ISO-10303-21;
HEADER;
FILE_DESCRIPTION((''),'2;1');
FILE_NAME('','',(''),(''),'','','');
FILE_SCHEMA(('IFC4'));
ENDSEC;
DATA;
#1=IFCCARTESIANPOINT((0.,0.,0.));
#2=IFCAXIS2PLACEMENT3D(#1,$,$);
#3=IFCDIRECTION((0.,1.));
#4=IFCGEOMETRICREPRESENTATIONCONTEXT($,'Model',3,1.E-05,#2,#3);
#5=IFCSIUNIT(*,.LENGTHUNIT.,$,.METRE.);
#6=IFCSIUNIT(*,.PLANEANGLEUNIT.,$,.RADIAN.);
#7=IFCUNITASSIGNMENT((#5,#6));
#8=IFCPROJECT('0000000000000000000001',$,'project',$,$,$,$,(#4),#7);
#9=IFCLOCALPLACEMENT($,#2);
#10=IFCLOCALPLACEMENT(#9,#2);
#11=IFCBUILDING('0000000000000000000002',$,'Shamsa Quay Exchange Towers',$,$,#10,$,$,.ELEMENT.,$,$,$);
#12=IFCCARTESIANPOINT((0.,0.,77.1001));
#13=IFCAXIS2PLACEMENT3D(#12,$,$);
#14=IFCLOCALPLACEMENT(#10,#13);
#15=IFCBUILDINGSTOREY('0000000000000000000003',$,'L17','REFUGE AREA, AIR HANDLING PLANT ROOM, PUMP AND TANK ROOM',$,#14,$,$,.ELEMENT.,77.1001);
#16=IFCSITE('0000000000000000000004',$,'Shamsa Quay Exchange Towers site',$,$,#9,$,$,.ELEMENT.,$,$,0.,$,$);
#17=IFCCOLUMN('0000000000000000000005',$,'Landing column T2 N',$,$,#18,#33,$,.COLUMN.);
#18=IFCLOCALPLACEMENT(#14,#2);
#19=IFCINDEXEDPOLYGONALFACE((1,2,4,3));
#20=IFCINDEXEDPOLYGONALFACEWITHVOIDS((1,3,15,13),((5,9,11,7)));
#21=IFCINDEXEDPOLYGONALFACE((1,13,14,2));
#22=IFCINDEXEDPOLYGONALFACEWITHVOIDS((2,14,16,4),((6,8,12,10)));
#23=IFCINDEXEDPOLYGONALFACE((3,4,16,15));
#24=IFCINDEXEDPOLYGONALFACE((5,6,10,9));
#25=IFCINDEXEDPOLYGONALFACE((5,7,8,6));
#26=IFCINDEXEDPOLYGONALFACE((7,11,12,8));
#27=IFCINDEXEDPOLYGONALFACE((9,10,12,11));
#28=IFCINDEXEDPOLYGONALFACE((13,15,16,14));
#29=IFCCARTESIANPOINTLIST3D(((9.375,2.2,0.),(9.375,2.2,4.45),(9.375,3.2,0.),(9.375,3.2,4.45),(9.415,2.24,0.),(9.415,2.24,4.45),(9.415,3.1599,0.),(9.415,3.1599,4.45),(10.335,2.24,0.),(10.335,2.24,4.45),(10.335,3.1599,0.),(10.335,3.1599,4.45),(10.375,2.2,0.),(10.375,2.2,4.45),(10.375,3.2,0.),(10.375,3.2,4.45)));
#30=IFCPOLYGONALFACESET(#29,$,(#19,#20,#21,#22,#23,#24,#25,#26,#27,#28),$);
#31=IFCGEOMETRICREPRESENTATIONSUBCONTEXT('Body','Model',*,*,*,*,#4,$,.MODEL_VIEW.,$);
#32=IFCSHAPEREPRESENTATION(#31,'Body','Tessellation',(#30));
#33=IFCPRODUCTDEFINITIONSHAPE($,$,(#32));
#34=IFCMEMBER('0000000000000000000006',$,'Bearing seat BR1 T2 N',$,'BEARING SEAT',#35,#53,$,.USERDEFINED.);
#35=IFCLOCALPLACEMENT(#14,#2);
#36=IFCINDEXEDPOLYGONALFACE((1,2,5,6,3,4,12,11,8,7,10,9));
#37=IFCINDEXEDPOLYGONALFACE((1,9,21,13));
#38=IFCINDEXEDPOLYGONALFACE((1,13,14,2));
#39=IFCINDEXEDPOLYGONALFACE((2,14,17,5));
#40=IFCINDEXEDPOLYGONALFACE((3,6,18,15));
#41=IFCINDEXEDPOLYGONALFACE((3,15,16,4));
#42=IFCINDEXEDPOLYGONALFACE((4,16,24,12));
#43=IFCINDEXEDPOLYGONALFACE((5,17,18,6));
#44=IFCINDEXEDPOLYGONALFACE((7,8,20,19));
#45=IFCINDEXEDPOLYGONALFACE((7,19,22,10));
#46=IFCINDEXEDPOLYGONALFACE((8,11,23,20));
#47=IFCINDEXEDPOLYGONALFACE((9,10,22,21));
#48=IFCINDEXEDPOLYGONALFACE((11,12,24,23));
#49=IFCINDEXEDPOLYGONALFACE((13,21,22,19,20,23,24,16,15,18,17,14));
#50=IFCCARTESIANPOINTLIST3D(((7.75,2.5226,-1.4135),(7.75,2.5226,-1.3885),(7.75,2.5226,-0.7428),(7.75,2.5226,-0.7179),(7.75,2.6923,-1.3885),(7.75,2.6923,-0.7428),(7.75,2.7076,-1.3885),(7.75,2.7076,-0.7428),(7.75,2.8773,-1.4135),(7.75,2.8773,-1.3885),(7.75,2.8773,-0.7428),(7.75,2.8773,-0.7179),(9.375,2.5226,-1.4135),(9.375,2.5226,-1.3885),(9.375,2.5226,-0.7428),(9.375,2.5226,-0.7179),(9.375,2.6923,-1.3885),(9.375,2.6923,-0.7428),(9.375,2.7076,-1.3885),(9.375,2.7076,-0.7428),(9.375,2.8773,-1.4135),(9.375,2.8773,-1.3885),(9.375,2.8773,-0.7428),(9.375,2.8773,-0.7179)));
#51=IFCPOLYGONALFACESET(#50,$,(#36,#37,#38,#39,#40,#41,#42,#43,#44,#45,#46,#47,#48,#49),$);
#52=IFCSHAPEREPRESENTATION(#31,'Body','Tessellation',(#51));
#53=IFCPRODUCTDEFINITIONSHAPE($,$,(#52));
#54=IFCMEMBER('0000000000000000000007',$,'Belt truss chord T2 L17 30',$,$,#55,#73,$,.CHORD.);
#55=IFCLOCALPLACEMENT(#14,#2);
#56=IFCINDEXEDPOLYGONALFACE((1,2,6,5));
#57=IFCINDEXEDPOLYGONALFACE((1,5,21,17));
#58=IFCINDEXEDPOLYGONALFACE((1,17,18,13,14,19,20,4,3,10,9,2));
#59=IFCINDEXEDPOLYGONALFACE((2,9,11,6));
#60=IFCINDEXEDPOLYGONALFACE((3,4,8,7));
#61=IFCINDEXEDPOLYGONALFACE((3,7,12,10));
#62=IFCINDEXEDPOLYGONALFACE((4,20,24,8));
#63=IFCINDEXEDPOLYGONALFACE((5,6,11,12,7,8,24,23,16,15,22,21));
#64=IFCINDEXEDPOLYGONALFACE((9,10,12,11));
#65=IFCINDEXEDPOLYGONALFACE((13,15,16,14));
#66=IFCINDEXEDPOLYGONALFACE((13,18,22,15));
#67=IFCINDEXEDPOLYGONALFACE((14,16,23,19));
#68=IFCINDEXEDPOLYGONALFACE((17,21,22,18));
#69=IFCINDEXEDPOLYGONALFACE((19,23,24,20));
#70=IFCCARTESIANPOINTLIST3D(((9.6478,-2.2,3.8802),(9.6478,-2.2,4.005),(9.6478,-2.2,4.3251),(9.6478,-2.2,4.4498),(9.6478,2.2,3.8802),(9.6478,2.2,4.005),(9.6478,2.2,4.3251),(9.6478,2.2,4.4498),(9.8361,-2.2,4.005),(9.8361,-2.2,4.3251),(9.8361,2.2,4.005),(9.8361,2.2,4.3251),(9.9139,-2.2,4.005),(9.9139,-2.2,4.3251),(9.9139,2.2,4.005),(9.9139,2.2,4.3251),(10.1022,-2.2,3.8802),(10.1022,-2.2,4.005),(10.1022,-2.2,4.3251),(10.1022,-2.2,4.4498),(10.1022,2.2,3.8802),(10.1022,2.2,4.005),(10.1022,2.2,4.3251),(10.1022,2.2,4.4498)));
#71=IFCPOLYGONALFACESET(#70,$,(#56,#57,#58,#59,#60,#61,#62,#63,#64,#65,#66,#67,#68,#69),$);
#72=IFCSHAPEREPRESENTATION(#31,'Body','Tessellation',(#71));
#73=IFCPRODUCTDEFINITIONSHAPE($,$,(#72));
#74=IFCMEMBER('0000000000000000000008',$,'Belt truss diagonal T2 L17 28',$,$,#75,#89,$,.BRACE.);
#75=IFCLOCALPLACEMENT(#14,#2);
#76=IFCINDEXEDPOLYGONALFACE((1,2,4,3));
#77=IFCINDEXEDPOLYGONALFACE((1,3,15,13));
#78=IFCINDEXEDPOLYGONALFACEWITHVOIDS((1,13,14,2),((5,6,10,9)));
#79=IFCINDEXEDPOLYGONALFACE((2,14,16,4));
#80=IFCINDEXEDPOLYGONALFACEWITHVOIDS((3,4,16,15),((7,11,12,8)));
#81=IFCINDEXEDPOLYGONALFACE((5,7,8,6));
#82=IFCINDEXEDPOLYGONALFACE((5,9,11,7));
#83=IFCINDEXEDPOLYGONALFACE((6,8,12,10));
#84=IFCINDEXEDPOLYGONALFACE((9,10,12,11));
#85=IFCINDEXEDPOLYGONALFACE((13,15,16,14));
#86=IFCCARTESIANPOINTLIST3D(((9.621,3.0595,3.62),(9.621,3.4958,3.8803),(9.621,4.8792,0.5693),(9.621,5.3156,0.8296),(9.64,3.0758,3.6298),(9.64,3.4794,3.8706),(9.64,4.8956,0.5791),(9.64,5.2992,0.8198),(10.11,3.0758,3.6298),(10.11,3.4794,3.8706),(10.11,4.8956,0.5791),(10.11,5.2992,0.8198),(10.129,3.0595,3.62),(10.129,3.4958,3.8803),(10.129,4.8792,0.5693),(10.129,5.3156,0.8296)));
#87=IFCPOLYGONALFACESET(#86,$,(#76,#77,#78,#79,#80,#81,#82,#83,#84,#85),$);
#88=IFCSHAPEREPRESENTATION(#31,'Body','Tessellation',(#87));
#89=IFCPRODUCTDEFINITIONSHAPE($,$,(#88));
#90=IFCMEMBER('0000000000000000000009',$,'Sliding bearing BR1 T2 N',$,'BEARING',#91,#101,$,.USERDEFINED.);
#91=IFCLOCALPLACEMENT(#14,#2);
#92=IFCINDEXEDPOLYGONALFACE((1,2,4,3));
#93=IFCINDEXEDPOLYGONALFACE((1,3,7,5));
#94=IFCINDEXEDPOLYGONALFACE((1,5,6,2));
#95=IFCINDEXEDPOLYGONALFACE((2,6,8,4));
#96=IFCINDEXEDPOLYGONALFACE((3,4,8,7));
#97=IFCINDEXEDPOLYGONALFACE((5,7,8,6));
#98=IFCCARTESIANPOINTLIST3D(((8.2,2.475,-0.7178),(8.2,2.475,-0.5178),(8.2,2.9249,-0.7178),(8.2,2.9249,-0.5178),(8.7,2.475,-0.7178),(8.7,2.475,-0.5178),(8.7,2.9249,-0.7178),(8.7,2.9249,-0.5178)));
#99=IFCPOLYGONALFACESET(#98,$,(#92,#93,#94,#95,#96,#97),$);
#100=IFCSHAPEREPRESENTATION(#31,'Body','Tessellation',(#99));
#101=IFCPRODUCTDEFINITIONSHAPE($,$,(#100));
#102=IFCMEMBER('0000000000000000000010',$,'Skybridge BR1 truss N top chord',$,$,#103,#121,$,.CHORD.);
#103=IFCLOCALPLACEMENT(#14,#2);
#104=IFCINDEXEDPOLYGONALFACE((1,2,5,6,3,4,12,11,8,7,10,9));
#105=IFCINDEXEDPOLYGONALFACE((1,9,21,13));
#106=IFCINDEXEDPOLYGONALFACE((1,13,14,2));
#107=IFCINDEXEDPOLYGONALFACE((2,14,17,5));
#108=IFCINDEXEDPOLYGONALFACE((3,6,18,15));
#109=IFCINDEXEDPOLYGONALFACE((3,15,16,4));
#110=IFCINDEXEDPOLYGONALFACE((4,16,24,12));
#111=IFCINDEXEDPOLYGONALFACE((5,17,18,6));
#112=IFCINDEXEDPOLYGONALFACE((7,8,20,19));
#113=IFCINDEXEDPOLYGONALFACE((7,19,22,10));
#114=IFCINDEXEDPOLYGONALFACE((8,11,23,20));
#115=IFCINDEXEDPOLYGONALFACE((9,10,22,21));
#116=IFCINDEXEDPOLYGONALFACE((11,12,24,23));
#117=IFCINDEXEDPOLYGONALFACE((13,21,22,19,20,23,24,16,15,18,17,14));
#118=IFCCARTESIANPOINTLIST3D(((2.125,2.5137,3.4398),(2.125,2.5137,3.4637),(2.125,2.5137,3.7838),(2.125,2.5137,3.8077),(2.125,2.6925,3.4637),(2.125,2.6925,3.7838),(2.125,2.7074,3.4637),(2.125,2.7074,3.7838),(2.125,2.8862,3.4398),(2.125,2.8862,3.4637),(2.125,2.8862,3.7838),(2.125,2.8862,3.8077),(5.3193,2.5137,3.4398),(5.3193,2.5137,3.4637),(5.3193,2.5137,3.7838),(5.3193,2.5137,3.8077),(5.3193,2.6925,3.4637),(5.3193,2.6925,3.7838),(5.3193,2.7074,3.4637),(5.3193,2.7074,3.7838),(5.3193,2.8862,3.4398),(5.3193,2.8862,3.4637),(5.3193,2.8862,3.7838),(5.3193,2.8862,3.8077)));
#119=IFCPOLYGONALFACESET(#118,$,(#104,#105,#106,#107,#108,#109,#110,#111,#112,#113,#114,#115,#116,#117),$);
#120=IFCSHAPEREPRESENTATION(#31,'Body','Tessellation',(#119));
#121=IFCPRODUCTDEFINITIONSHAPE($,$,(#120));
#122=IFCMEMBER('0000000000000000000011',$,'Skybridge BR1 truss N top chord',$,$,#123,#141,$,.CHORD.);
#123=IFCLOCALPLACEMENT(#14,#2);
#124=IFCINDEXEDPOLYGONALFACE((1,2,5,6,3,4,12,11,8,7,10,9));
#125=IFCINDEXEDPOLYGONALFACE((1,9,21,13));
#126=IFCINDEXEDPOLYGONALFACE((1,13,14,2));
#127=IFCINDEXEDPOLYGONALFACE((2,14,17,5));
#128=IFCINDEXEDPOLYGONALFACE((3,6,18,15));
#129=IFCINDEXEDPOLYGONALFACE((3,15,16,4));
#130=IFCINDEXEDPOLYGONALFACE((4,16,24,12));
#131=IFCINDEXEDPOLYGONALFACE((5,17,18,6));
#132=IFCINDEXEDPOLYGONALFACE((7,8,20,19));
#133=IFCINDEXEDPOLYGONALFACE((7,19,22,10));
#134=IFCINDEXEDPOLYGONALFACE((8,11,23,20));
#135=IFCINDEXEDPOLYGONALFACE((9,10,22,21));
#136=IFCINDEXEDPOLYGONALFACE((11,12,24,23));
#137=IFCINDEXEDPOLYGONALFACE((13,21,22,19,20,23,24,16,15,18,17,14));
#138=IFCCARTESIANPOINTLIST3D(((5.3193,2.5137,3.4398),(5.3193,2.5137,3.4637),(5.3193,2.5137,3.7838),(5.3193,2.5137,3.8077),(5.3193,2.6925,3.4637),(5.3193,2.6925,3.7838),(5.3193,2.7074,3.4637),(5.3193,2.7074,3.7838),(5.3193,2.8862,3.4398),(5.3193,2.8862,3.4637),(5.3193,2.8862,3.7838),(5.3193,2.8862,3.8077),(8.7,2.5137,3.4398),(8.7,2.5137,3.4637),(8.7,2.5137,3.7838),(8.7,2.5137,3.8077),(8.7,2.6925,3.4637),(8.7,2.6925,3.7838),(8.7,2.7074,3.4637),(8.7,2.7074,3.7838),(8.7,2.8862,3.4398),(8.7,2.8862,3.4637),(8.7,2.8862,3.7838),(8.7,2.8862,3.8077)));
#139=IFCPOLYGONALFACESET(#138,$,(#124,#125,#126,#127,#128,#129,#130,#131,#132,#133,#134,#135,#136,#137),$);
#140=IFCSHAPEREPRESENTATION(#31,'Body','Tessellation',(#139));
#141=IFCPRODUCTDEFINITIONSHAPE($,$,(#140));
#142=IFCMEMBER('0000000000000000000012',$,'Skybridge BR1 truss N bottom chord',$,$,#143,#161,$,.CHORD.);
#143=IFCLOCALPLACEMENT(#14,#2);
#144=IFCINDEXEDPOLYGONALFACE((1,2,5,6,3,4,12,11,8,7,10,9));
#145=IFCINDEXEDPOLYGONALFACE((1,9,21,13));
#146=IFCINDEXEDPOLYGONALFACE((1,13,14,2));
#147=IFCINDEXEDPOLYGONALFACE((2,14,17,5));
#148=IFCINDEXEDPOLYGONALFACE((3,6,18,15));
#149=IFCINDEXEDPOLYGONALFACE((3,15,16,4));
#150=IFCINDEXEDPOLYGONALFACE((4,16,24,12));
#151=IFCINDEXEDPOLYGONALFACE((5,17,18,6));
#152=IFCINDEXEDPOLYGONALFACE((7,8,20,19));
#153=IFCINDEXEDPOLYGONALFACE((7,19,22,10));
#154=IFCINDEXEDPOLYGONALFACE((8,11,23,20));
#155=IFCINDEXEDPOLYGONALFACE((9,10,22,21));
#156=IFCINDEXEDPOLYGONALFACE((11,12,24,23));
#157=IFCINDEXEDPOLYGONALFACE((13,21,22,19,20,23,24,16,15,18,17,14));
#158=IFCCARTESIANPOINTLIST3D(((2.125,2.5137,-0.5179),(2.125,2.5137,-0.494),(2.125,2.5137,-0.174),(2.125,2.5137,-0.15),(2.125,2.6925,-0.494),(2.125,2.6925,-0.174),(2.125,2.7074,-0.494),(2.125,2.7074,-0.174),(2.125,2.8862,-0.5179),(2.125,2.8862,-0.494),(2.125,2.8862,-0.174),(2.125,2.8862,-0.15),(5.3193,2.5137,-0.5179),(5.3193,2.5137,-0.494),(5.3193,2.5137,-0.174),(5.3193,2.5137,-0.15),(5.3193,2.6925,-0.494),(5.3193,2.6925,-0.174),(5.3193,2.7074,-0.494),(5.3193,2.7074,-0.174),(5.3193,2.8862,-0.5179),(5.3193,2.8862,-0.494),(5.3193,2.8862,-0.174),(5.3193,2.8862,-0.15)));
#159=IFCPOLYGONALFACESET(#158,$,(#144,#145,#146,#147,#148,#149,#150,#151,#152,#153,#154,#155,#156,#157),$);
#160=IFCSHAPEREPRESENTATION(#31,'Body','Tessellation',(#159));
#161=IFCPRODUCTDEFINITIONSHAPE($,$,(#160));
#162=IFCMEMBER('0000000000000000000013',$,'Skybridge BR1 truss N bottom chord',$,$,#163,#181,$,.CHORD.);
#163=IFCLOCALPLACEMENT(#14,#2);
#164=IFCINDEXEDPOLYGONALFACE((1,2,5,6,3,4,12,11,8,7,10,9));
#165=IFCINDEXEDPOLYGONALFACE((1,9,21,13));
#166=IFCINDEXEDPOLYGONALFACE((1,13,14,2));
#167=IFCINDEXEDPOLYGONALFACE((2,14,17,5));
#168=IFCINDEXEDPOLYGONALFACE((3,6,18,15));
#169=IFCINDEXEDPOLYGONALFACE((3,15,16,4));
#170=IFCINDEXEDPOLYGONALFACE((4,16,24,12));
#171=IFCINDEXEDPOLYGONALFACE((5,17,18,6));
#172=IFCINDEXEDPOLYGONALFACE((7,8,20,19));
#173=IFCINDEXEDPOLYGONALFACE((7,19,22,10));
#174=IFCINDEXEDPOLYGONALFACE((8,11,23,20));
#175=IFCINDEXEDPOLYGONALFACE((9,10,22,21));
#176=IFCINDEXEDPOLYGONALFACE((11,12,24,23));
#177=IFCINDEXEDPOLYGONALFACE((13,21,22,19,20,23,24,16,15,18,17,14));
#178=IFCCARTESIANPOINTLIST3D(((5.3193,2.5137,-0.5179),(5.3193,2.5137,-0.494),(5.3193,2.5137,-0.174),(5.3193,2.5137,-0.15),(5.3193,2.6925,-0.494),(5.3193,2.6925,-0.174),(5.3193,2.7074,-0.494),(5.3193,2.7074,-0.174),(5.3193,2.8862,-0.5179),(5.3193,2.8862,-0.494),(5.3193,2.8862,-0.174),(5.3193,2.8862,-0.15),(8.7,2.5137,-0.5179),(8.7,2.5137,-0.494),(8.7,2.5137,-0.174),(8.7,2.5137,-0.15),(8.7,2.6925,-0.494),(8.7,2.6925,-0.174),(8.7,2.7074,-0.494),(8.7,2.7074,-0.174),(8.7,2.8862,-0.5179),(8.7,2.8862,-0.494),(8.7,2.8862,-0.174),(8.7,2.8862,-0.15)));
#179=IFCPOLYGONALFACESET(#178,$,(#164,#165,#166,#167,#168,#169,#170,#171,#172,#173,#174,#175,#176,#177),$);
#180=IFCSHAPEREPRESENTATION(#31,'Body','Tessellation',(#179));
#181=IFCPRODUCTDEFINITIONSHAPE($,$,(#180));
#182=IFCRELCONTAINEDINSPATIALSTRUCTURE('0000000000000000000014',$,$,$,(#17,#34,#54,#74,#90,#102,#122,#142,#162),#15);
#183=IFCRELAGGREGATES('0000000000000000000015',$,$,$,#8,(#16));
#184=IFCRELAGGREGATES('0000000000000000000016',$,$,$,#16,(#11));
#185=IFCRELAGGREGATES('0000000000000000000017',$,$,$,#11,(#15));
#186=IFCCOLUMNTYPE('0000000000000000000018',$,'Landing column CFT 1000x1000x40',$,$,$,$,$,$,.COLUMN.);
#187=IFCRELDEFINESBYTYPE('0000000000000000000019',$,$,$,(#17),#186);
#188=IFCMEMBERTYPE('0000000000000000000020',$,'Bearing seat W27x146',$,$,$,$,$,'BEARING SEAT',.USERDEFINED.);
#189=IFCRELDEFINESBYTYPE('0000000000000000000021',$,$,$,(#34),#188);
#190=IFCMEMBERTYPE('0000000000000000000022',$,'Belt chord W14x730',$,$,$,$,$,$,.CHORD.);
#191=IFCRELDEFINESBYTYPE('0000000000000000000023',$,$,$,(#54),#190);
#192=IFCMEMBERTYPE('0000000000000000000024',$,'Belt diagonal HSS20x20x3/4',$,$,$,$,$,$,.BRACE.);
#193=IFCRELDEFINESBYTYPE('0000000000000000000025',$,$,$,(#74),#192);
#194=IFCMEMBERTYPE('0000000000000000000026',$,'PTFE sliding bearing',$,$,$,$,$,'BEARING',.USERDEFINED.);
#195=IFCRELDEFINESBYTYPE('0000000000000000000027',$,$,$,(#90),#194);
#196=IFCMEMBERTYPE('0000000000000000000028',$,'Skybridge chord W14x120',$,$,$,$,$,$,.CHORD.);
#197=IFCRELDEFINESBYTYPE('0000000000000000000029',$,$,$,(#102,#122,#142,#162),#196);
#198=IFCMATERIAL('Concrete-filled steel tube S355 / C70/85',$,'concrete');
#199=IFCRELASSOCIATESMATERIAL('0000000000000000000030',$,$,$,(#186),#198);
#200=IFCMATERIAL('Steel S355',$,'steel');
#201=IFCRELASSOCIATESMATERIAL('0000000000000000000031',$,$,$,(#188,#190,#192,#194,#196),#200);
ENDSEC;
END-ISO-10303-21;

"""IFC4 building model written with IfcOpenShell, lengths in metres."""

from ifc_helpers import new_model, si_unit, direction, frame, origin, origin_2d, place, context, subcontext, project, spatial, rectangle, hollow_rectangle, i_section, extrude, material, material_profile, profile_set, type_object, element, save


model = new_model("IFC4")

# Units and contexts
model_context = context("Model", 3, precision=1e-05, world=origin(), true_north=direction((0.0, 1.0)))
body_context = subcontext(model_context, "Body", "Model", "MODEL_VIEW")
ifc_project = project(units=[si_unit("LENGTHUNIT", "METRE"), si_unit("PLANEANGLEUNIT", "RADIAN")], contexts=[model_context])

# Site, building, storey
site_placement = place(None, origin())
site = spatial("IfcSite", under=ifc_project, at=site_placement, Name="Shamsa Quay Exchange Towers site", CompositionType="ELEMENT", RefElevation=0.0)
building_placement = place(site_placement, origin())
building = spatial("IfcBuilding", under=site, at=building_placement, Name="Shamsa Quay Exchange Towers", CompositionType="ELEMENT")
storey_placement = place(building_placement, frame((0.0, 0.0, 77.1001)))
storey = spatial("IfcBuildingStorey", under=building, at=storey_placement, Name="L17", Description="REFUGE AREA, AIR HANDLING PLANT ROOM, PUMP AND TANK ROOM", CompositionType="ELEMENT", Elevation=77.1001)

# Column
ifc_material_1 = material(Name="Concrete-filled steel tube S355 / C70/85", Category="concrete")
ifc_material_profile_1 = material_profile(ifc_material_1, hollow_rectangle(XDim=1.0, YDim=1.0, WallThickness=0.04, at=origin_2d()), Name="CFT 1000x1000x40")
ifc_profile_set_1 = profile_set([ifc_material_profile_1], Name="Concrete-filled steel tube S355 / C70/85")
column_type = type_object("IfcColumnType", Name="Landing column CFT 1000x1000x40", PredefinedType="COLUMN", material=ifc_profile_set_1)
column_placement = place(storey_placement, frame((9.875, 2.7, 0.0)))
element("IfcColumn", 1, at=column_placement, inside=storey, type_object=column_type, Name="Landing column T2 N", PredefinedType="COLUMN", context=body_context, shape_type="SweptSolid", body=[
    extrude(hollow_rectangle(XDim=1.0, YDim=1.0, WallThickness=0.04, at=origin_2d()), origin(), (0.0, 0.0, 1.0), 4.45),
])

# Members
ifc_material_2 = material(Name="Steel S355", Category="steel")
ifc_material_profile_2 = material_profile(ifc_material_2, i_section(OverallWidth=0.3547, OverallDepth=0.6956, WebThickness=0.0154, FlangeThickness=0.0249, at=origin_2d()), Name="W27x146")
ifc_profile_set_2 = profile_set([ifc_material_profile_2], Name="Steel S355")
member_type_1 = type_object("IfcMemberType", Name="Bearing seat W27x146", ElementType="BEARING SEAT", PredefinedType="USERDEFINED", material=ifc_profile_set_2)
member_1_placement = place(storey_placement, frame((7.75, 2.7, -1.0657), z_axis=(1.0, 0.0, 0.0), x_axis=(0.0, 1.0, 0.0)))
element("IfcMember", 2, at=member_1_placement, inside=storey, type_object=member_type_1, Name="Bearing seat BR1 T2 N", ObjectType="BEARING SEAT", PredefinedType="USERDEFINED", context=body_context, shape_type="SweptSolid", body=[
    extrude(i_section(OverallWidth=0.3547, OverallDepth=0.6956, WebThickness=0.0154, FlangeThickness=0.0249, at=origin_2d()), origin(), (0.0, 0.0, 1.0), 1.625),
])
ifc_material_profile_3 = material_profile(ifc_material_2, i_section(OverallWidth=0.4543, OverallDepth=0.5696, WebThickness=0.0779, FlangeThickness=0.1248, at=origin_2d()), Name="W14x730")
ifc_profile_set_3 = profile_set([ifc_material_profile_3], Name="Steel S355")
member_type_2 = type_object("IfcMemberType", Name="Belt chord W14x730", PredefinedType="CHORD", material=ifc_profile_set_3)
member_2_placement = place(storey_placement, frame((9.875, -2.2, 4.165), z_axis=(0.0, 1.0, 0.0), x_axis=(-1.0, 0.0, 0.0)))
element("IfcMember", 3, at=member_2_placement, inside=storey, type_object=member_type_2, Name="Belt truss chord T2 L17 30", PredefinedType="CHORD", context=body_context, shape_type="SweptSolid", body=[
    extrude(i_section(OverallWidth=0.4543, OverallDepth=0.5696, WebThickness=0.0779, FlangeThickness=0.1248, at=origin_2d()), origin(), (0.0, 0.0, 1.0), 4.3999),
])
ifc_material_profile_4 = material_profile(ifc_material_2, hollow_rectangle(XDim=0.5081, YDim=0.5081, WallThickness=0.019, at=origin_2d()), Name="HSS20x20x3/4")
ifc_profile_set_4 = profile_set([ifc_material_profile_4], Name="Steel S355")
member_type_3 = type_object("IfcMemberType", Name="Belt diagonal HSS20x20x3/4", PredefinedType="BRACE", material=ifc_profile_set_4)
member_3_placement = place(storey_placement, frame((9.875, 5.0974, 0.6995), z_axis=(0.0, -0.512291, 0.858812), x_axis=(1.0, 0.0, 0.0)))
element("IfcMember", 4, at=member_3_placement, inside=storey, type_object=member_type_3, Name="Belt truss diagonal T2 L17 28", PredefinedType="BRACE", context=body_context, shape_type="SweptSolid", body=[
    extrude(hollow_rectangle(XDim=0.5081, YDim=0.5081, WallThickness=0.019, at=origin_2d()), origin(), (0.0, 0.0, 1.0), 3.5522),
])
ifc_material_profile_5 = material_profile(ifc_material_2, rectangle(XDim=0.5, YDim=0.2, at=origin_2d()), Name="500x200")
ifc_profile_set_5 = profile_set([ifc_material_profile_5], Name="Steel S355")
member_type_4 = type_object("IfcMemberType", Name="PTFE sliding bearing", ElementType="BEARING", PredefinedType="USERDEFINED", material=ifc_profile_set_5)
member_4_placement = place(storey_placement, frame((8.45, 2.7, -0.7178)))
element("IfcMember", 5, at=member_4_placement, inside=storey, type_object=member_type_4, Name="Sliding bearing BR1 T2 N", ObjectType="BEARING", PredefinedType="USERDEFINED", context=body_context, shape_type="SweptSolid", body=[
    extrude(rectangle(XDim=0.5, YDim=0.45, at=origin_2d()), origin(), (0.0, 0.0, 1.0), 0.2),
])
ifc_material_profile_6 = material_profile(ifc_material_2, i_section(OverallWidth=0.3726, OverallDepth=0.3679, WebThickness=0.0149, FlangeThickness=0.0239, at=origin_2d()), Name="W14x120")
ifc_profile_set_6 = profile_set([ifc_material_profile_6], Name="Steel S355")
member_type_5 = type_object("IfcMemberType", Name="Skybridge chord W14x120", PredefinedType="CHORD", material=ifc_profile_set_6)
member_5_placement = place(storey_placement, frame((2.125, 2.7, 3.6238), z_axis=(1.0, 0.0, 0.0), x_axis=(0.0, 1.0, 0.0)))
element("IfcMember", 6, at=member_5_placement, inside=storey, type_object=member_type_5, Name="Skybridge BR1 truss N top chord", PredefinedType="CHORD", context=body_context, shape_type="SweptSolid", body=[
    extrude(i_section(OverallWidth=0.3726, OverallDepth=0.3679, WebThickness=0.0149, FlangeThickness=0.0239, at=origin_2d()), origin(), (0.0, 0.0, 1.0), 3.1943),
])
member_6_placement = place(storey_placement, frame((5.3193, 2.7, 3.6238), z_axis=(1.0, 0.0, 0.0), x_axis=(0.0, 1.0, 0.0)))
element("IfcMember", 7, at=member_6_placement, inside=storey, type_object=member_type_5, Name="Skybridge BR1 truss N top chord", PredefinedType="CHORD", context=body_context, shape_type="SweptSolid", body=[
    extrude(i_section(OverallWidth=0.3726, OverallDepth=0.3679, WebThickness=0.0149, FlangeThickness=0.0239, at=origin_2d()), origin(), (0.0, 0.0, 1.0), 3.3806),
])
member_7_placement = place(storey_placement, frame((2.125, 2.7, -0.334), z_axis=(1.0, 0.0, 0.0), x_axis=(0.0, 1.0, 0.0)))
element("IfcMember", 8, at=member_7_placement, inside=storey, type_object=member_type_5, Name="Skybridge BR1 truss N bottom chord", PredefinedType="CHORD", context=body_context, shape_type="SweptSolid", body=[
    extrude(i_section(OverallWidth=0.3726, OverallDepth=0.3679, WebThickness=0.0149, FlangeThickness=0.0239, at=origin_2d()), origin(), (0.0, 0.0, 1.0), 3.1943),
])
member_8_placement = place(storey_placement, frame((5.3193, 2.7, -0.334), z_axis=(1.0, 0.0, 0.0), x_axis=(0.0, 1.0, 0.0)))
element("IfcMember", 9, at=member_8_placement, inside=storey, type_object=member_type_5, Name="Skybridge BR1 truss N bottom chord", PredefinedType="CHORD", context=body_context, shape_type="SweptSolid", body=[
    extrude(i_section(OverallWidth=0.3726, OverallDepth=0.3679, WebThickness=0.0149, FlangeThickness=0.0239, at=origin_2d()), origin(), (0.0, 0.0, 1.0), 3.3806),
])

save(model, "model.ifc")
